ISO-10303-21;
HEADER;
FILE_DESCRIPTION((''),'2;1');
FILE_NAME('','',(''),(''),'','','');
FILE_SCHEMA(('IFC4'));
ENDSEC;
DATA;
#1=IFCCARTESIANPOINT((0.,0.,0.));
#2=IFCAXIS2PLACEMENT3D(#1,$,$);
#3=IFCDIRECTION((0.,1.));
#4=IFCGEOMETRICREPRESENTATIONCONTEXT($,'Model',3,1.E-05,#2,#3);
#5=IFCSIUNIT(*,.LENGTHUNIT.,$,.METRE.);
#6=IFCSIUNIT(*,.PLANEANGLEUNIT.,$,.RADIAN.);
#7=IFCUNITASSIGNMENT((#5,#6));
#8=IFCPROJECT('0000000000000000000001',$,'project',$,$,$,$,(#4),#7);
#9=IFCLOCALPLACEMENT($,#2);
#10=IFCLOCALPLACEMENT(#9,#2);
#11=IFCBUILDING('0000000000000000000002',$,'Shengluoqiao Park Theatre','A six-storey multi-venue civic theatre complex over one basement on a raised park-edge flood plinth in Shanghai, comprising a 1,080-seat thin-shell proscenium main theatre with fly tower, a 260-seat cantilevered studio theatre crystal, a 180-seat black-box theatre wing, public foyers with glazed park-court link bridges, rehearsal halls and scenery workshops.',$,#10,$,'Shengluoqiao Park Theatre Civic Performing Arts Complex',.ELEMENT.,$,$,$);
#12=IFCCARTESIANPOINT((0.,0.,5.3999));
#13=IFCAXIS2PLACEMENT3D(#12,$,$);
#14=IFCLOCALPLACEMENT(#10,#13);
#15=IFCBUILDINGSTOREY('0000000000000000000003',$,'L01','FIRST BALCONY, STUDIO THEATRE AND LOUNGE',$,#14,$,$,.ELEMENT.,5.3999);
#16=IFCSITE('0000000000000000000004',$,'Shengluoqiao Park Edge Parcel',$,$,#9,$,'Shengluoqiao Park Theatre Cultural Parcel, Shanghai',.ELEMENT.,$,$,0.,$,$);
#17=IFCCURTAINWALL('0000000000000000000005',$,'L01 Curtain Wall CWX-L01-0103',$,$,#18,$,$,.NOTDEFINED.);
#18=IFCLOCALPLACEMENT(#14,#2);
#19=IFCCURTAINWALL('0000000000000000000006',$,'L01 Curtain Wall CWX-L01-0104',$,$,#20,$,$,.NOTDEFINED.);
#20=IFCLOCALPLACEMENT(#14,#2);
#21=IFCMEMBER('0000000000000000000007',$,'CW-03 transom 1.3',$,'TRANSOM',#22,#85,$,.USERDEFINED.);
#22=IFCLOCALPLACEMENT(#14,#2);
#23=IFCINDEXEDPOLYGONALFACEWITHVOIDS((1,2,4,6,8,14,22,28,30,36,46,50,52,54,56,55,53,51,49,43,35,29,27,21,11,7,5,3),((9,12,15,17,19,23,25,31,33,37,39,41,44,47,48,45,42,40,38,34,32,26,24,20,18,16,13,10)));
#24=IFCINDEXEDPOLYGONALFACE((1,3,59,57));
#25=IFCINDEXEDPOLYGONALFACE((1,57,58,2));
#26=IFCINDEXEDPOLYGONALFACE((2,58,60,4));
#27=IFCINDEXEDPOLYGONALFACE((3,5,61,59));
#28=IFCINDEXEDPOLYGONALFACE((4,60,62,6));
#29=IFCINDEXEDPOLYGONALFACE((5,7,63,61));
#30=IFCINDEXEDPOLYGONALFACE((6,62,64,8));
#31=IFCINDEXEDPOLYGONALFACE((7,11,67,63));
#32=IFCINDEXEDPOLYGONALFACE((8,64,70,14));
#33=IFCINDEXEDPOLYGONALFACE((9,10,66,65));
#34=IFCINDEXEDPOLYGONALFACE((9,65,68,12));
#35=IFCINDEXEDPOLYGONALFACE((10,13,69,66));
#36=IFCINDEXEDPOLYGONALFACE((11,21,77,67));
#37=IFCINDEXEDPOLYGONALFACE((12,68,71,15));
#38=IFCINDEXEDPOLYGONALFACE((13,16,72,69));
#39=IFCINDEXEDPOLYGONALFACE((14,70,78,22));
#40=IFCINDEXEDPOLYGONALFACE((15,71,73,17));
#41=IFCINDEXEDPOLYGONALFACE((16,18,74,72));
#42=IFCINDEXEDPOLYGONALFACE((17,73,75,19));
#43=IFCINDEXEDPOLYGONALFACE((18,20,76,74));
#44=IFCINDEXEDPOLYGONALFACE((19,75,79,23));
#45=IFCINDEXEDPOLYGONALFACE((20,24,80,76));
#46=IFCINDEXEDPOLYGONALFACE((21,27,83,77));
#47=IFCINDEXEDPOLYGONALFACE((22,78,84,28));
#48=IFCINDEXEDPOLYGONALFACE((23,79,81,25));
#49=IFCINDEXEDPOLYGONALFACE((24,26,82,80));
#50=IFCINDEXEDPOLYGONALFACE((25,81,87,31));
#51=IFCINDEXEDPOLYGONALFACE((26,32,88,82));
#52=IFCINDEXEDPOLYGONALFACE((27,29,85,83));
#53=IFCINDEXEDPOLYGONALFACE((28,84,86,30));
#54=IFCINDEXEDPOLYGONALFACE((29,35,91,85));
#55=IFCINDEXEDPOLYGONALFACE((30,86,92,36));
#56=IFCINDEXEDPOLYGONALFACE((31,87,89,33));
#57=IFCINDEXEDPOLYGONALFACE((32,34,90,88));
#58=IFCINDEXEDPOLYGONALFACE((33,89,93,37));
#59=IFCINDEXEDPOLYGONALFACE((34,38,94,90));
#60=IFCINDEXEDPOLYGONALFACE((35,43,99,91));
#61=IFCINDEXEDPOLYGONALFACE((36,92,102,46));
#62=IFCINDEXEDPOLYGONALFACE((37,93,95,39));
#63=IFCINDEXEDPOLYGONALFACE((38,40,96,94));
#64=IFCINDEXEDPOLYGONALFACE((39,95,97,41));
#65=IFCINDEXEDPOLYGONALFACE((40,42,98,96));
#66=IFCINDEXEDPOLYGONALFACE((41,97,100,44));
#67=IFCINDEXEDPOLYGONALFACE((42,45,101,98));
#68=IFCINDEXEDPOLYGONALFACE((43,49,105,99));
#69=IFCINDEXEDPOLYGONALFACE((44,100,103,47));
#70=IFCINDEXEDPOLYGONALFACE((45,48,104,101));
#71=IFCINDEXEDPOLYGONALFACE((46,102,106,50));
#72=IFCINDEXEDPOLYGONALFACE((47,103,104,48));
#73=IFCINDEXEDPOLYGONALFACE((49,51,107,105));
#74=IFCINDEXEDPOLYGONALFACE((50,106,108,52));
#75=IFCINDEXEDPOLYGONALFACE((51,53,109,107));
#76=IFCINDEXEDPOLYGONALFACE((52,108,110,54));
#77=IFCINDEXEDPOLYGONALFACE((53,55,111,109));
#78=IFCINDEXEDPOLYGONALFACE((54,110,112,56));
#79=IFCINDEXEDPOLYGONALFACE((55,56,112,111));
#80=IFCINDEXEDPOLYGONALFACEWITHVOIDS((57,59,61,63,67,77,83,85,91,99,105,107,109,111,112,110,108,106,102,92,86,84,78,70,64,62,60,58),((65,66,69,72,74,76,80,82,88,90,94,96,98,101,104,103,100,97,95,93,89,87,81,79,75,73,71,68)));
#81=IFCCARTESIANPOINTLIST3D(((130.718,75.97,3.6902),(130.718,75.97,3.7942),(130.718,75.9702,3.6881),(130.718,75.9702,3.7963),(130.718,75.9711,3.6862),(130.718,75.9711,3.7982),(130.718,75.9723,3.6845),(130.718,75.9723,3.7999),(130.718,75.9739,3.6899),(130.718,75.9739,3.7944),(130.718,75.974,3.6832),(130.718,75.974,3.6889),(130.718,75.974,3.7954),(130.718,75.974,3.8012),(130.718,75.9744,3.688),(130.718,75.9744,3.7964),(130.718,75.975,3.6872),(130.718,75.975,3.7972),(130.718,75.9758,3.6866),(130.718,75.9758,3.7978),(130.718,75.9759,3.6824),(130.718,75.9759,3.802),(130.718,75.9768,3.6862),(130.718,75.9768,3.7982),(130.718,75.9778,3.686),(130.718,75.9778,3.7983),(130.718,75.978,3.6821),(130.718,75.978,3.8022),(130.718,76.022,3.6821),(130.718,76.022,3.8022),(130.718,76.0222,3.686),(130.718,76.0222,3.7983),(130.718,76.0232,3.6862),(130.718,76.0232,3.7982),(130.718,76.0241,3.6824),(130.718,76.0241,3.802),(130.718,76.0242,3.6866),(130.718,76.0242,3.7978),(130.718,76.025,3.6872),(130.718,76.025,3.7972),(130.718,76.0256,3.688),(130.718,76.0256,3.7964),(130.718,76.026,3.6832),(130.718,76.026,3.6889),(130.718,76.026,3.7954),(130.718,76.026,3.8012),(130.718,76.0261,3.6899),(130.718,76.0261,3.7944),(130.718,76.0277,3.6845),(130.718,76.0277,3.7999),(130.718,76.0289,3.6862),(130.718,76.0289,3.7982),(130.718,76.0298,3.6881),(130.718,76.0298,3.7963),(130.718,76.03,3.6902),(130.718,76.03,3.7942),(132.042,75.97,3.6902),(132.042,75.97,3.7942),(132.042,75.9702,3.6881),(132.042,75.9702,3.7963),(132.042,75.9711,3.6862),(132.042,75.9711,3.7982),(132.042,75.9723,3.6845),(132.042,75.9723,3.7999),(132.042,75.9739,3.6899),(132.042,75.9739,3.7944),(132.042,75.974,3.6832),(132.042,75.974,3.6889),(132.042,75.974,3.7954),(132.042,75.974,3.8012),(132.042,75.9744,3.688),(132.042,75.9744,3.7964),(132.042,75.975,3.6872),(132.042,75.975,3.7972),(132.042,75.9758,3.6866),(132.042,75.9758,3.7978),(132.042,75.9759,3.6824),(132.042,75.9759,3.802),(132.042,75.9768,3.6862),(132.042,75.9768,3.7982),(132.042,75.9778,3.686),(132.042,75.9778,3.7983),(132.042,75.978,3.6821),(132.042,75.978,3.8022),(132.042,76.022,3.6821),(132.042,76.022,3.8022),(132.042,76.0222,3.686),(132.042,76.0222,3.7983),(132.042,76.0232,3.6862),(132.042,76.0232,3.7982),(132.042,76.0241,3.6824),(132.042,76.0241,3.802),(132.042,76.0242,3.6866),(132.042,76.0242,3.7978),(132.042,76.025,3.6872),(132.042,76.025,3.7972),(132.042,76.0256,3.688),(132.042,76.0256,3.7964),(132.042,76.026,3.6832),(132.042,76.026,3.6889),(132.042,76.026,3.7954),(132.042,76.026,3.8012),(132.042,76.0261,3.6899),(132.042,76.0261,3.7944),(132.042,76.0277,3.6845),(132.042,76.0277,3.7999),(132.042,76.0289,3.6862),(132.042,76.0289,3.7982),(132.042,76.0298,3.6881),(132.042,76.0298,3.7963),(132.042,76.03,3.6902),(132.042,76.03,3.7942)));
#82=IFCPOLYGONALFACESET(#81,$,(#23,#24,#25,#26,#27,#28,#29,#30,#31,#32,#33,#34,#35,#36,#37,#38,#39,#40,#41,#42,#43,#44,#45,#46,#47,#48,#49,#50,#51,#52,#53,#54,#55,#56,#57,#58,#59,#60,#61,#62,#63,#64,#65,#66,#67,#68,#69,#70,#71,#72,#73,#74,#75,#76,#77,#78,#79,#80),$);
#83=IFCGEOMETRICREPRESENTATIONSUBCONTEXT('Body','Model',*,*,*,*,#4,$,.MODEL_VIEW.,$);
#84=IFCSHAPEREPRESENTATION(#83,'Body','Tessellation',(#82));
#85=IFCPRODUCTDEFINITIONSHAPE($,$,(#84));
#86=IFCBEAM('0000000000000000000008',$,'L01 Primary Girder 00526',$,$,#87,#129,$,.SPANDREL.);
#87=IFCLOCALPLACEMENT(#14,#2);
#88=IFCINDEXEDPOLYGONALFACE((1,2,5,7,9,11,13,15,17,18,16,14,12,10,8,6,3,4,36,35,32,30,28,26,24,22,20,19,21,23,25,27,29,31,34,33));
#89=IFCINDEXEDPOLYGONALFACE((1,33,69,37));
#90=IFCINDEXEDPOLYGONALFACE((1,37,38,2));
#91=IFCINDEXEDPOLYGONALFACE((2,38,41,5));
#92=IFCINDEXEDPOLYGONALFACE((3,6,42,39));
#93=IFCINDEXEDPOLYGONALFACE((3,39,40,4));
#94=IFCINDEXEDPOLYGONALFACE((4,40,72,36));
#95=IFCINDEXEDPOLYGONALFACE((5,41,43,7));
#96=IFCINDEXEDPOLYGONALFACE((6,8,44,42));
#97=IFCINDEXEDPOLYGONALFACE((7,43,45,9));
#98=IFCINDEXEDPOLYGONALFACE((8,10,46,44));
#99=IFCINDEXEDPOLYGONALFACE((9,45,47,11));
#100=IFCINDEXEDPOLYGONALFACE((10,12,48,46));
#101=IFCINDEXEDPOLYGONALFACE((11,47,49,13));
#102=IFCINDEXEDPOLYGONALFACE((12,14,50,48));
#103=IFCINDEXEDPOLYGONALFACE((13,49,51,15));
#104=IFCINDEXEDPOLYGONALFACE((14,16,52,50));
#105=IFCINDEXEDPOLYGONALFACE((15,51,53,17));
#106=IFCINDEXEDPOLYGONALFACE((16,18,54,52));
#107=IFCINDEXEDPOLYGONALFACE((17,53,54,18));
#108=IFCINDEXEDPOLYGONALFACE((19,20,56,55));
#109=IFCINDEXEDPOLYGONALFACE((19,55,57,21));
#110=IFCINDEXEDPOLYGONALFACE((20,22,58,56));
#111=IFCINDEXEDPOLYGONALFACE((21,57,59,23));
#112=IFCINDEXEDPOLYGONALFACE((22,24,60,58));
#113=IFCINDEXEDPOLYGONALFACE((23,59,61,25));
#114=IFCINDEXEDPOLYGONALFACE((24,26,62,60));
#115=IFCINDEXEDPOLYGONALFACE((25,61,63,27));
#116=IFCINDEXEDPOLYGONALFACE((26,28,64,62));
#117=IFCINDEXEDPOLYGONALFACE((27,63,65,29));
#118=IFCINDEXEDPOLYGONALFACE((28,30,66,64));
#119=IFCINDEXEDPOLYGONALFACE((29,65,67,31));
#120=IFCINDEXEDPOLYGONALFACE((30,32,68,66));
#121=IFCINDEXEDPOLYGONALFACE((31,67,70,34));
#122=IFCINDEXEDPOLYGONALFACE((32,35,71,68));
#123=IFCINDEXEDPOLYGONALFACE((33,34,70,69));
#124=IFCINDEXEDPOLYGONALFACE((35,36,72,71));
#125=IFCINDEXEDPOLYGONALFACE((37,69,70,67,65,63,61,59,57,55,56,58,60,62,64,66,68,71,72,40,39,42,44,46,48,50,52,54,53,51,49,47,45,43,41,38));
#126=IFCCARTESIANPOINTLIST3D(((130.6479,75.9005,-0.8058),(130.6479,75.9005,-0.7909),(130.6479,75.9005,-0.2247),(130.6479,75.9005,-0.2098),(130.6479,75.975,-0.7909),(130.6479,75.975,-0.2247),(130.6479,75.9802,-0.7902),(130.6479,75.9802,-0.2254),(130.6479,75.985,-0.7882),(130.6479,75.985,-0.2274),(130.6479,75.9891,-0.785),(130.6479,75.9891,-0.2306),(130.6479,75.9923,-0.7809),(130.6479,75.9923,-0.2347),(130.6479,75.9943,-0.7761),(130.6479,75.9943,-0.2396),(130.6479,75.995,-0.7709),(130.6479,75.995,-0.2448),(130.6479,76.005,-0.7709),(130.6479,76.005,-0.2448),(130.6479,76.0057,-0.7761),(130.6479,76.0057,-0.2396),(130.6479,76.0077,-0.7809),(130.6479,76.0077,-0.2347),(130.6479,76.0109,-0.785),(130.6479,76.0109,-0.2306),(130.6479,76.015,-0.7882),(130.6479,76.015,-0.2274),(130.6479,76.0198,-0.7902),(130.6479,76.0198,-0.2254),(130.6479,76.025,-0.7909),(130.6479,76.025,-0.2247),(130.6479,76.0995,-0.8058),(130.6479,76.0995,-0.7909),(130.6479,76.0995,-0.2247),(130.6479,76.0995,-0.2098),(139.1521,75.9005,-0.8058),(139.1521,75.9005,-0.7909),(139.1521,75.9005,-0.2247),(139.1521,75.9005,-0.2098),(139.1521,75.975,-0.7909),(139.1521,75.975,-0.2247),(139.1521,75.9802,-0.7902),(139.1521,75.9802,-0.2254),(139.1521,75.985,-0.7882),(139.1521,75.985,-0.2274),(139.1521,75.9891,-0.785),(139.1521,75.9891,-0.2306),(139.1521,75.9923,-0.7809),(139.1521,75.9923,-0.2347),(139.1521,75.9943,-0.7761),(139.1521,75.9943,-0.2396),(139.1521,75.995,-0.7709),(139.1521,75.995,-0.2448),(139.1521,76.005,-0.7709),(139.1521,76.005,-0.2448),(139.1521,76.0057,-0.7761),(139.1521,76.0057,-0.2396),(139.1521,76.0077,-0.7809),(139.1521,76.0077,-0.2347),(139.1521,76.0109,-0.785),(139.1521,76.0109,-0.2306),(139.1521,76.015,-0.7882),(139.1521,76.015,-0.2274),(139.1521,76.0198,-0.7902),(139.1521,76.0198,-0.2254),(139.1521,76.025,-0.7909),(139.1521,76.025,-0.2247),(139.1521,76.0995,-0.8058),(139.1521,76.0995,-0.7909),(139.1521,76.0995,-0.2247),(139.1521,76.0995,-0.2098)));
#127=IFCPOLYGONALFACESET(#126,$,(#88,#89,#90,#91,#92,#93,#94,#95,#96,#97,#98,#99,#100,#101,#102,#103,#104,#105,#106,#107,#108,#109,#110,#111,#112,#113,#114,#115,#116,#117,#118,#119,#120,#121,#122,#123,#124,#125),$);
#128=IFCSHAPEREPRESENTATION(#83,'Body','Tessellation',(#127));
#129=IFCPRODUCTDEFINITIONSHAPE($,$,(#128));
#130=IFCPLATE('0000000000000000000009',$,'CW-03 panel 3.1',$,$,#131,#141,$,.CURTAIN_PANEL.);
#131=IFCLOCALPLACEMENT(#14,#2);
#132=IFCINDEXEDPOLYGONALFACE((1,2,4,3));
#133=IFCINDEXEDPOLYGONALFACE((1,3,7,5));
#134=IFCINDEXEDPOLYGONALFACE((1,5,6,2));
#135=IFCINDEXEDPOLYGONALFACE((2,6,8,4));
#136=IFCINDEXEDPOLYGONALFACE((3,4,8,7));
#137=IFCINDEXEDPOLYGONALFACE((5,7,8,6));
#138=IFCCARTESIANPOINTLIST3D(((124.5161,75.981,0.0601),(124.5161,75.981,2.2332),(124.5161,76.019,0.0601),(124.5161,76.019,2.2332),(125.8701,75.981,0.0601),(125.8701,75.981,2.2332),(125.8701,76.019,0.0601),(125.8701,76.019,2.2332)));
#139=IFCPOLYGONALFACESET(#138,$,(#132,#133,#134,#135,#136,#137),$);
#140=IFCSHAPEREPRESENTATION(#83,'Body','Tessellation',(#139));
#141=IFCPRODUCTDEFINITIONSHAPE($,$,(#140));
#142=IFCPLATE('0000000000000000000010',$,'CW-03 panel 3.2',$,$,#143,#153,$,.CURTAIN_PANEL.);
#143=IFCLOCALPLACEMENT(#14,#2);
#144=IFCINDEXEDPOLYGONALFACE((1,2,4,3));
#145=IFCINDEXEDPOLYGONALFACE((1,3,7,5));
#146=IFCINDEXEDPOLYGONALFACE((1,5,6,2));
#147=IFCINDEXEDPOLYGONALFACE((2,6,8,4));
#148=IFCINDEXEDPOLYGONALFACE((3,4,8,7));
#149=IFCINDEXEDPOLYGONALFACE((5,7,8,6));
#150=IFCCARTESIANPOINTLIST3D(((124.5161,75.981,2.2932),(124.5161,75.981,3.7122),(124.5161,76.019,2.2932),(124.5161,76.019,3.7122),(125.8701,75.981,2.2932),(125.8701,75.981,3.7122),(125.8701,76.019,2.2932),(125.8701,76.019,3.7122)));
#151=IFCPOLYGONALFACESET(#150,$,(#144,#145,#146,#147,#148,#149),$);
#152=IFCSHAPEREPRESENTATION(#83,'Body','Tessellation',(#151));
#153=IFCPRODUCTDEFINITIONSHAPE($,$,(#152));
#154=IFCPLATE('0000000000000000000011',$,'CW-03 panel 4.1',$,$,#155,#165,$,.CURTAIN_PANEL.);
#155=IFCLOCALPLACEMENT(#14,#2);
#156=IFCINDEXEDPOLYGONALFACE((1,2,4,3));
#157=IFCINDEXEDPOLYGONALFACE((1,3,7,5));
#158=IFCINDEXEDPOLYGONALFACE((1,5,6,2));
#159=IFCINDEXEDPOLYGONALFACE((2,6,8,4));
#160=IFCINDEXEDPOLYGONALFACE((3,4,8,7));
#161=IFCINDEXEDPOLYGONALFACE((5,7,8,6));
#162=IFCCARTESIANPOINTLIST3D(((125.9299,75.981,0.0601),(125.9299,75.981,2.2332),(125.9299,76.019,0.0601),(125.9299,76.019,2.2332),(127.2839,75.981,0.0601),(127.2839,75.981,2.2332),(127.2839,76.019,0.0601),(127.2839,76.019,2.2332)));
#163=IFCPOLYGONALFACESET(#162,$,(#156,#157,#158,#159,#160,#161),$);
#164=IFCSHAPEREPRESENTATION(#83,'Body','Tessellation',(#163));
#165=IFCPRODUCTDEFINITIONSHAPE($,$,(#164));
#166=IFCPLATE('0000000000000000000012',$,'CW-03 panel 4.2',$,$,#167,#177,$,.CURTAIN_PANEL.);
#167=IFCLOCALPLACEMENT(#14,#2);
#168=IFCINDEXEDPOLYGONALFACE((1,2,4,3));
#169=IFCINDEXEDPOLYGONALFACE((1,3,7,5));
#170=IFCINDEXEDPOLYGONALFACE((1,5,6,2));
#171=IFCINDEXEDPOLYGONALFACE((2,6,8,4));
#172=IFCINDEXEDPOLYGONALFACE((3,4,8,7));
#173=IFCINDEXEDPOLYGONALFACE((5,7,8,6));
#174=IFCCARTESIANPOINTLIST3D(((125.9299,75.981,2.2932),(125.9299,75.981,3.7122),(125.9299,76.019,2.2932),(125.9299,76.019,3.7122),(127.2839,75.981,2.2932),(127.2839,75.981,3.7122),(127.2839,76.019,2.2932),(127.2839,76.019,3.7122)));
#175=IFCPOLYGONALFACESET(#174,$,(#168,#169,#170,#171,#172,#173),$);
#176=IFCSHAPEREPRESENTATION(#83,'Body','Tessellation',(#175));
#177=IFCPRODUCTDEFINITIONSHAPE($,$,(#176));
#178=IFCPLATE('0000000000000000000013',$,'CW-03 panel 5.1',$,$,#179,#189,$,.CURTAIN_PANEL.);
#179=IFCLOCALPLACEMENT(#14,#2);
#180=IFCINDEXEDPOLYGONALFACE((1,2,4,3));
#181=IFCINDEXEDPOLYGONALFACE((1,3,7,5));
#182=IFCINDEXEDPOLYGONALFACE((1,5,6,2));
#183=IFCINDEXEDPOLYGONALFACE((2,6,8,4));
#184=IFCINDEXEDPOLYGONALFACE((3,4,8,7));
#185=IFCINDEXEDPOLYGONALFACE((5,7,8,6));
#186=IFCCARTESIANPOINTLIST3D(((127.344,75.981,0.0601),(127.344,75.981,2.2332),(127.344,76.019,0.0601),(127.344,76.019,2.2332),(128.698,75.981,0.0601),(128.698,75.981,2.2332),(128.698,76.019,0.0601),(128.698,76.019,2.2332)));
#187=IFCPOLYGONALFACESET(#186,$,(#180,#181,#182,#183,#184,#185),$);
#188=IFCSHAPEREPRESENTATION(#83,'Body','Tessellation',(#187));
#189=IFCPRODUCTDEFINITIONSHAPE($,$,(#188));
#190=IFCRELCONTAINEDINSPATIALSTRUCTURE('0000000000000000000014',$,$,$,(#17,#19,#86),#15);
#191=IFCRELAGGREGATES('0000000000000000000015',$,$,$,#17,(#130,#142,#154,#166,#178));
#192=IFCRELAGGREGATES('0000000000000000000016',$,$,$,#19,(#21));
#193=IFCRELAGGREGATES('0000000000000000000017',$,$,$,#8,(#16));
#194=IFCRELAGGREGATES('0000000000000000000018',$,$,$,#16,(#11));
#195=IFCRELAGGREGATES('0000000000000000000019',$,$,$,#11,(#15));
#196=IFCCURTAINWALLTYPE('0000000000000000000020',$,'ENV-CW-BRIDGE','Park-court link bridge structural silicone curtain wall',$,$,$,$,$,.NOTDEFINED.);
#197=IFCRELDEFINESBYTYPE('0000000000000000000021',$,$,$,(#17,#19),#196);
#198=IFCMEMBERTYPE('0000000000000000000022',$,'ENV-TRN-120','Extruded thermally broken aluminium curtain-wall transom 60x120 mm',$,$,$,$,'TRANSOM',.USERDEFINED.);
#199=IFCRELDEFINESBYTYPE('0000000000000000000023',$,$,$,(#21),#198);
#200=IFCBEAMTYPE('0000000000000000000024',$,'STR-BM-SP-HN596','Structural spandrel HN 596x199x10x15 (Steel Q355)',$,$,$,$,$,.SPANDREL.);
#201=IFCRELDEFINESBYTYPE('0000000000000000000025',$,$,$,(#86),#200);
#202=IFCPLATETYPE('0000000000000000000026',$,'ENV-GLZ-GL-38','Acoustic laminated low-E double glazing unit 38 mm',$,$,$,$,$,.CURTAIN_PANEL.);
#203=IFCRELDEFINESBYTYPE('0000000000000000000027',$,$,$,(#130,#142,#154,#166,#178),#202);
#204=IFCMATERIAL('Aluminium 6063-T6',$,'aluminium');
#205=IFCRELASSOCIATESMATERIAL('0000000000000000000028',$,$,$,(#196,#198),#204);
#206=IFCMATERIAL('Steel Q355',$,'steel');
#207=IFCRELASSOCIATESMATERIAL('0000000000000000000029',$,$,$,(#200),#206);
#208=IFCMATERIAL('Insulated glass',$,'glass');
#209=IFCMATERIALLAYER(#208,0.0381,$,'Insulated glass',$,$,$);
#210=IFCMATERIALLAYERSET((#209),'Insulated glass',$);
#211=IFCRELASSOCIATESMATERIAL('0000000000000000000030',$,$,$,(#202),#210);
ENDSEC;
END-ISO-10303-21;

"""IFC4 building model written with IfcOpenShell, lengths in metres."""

from ifc_helpers import new_model, si_unit, direction, frame, origin, origin_2d, place, context, subcontext, project, spatial, rectangle, hollow_rectangle, i_section, extrude, material, layer, layer_set, material_profile, profile_set, type_object, element, aggregate, save


model = new_model("IFC4")

# Units and contexts
model_context = context("Model", 3, precision=1e-05, world=origin(), true_north=direction((0.0, 1.0)))
body_context = subcontext(model_context, "Body", "Model", "MODEL_VIEW")
ifc_project = project(units=[si_unit("LENGTHUNIT", "METRE"), si_unit("PLANEANGLEUNIT", "RADIAN")], contexts=[model_context])

# Site, building, storey
site_placement = place(None, origin())
site = spatial("IfcSite", under=ifc_project, at=site_placement, Name="Shengluoqiao Park Edge Parcel", LongName="Shengluoqiao Park Theatre Cultural Parcel, Shanghai", CompositionType="ELEMENT", RefElevation=0.0)
building_placement = place(site_placement, origin())
building = spatial("IfcBuilding", under=site, at=building_placement, Name="Shengluoqiao Park Theatre", Description="A six-storey multi-venue civic theatre complex over one basement on a raised park-edge flood plinth in Shanghai, comprising a 1,080-seat thin-shell proscenium main theatre with fly tower, a 260-seat cantilevered studio theatre crystal, a 180-seat black-box theatre wing, public foyers with glazed park-court link bridges, rehearsal halls and scenery workshops.", LongName="Shengluoqiao Park Theatre Civic Performing Arts Complex", CompositionType="ELEMENT")
storey_placement = place(building_placement, frame((0.0, 0.0, 5.3999)))
storey = spatial("IfcBuildingStorey", under=building, at=storey_placement, Name="L01", Description="FIRST BALCONY, STUDIO THEATRE AND LOUNGE", CompositionType="ELEMENT", Elevation=5.3999)

# Curtain wall
ifc_material_1 = material(Name="Aluminium 6063-T6", Category="aluminium")
curtain_wall_type = type_object("IfcCurtainWallType", Name="ENV-CW-BRIDGE", Description="Park-court link bridge structural silicone curtain wall", PredefinedType="NOTDEFINED", material=ifc_material_1)
curtain_wall_1_placement = place(storey_placement, origin())
curtain_wall_1 = element("IfcCurtainWall", 1, at=curtain_wall_1_placement, inside=storey, type_object=curtain_wall_type, Name="L01 Curtain Wall CWX-L01-0103", PredefinedType="NOTDEFINED")

# Curtain wall
curtain_wall_2_placement = place(storey_placement, origin())
curtain_wall_2 = element("IfcCurtainWall", 2, at=curtain_wall_2_placement, inside=storey, type_object=curtain_wall_type, Name="L01 Curtain Wall CWX-L01-0104", PredefinedType="NOTDEFINED")

# Member
ifc_material_profile_1 = material_profile(ifc_material_1, hollow_rectangle(XDim=0.0601, YDim=0.1201, WallThickness=0.0039, InnerFilletRadius=0.0039, OuterFilletRadius=0.0081, at=origin_2d()), Name="ALU TRANSOM 120x60x4")
ifc_profile_set_1 = profile_set([ifc_material_profile_1], Name="Aluminium 6063-T6")
member_type_1 = type_object("IfcMemberType", Name="ENV-TRN-120", Description="Extruded thermally broken aluminium curtain-wall transom 60x120 mm", ElementType="TRANSOM", PredefinedType="USERDEFINED", material=ifc_profile_set_1)
member_1_placement = place(storey_placement, frame((130.718, 76.0, 3.7422), z_axis=(1.0, 0.0, 0.0), x_axis=(0.0, 1.0, 0.0)))
member_1 = element("IfcMember", 3, at=member_1_placement, type_object=member_type_1, Name="CW-03 transom 1.3", ObjectType="TRANSOM", PredefinedType="USERDEFINED", context=body_context, shape_type="SweptSolid", body=[
    extrude(hollow_rectangle(XDim=0.0601, YDim=0.1201, WallThickness=0.0039, InnerFilletRadius=0.0039, OuterFilletRadius=0.0081, at=origin_2d()), origin(), (0.0, 0.0, 1.0), 1.324),
])

# Beam
ifc_material_2 = material(Name="Steel Q355", Category="steel")
ifc_material_profile_2 = material_profile(ifc_material_2, i_section(OverallWidth=0.199, OverallDepth=0.5959, WebThickness=0.01, FlangeThickness=0.0149, FilletRadius=0.02, at=origin_2d()), Name="HN 596x199x10x15")
ifc_profile_set_2 = profile_set([ifc_material_profile_2], Name="Steel Q355")
beam_type = type_object("IfcBeamType", Name="STR-BM-SP-HN596", Description="Structural spandrel HN 596x199x10x15 (Steel Q355)", PredefinedType="SPANDREL", material=ifc_profile_set_2)
beam_placement = place(storey_placement, frame((130.6479, 76.0, -0.5078), z_axis=(1.0, 0.0, 0.0), x_axis=(0.0, 1.0, 0.0)))
element("IfcBeam", 4, at=beam_placement, inside=storey, type_object=beam_type, Name="L01 Primary Girder 00526", PredefinedType="SPANDREL", context=body_context, shape_type="SweptSolid", body=[
    extrude(i_section(OverallWidth=0.199, OverallDepth=0.5959, WebThickness=0.01, FlangeThickness=0.0149, FilletRadius=0.02, at=origin_2d()), origin(), (0.0, 0.0, 1.0), 8.5042),
])

# Plates
ifc_material_3 = material(Name="Insulated glass", Category="glass")
ifc_layer = layer(ifc_material_3, 0.0381, Name="Insulated glass")
ifc_layer_set = layer_set([ifc_layer], Name="Insulated glass")
plate_type = type_object("IfcPlateType", Name="ENV-GLZ-GL-38", Description="Acoustic laminated low-E double glazing unit 38 mm", PredefinedType="CURTAIN_PANEL", material=ifc_layer_set)
plate_1_placement = place(storey_placement, frame((125.1931, 76.0, 0.0601), z_axis=(0.0, 0.0, 1.0), x_axis=(1.0, 0.0, 0.0)))
plate_1 = element("IfcPlate", 5, at=plate_1_placement, type_object=plate_type, Name="CW-03 panel 3.1", PredefinedType="CURTAIN_PANEL", context=body_context, shape_type="SweptSolid", body=[
    extrude(rectangle(XDim=1.354, YDim=0.0381, at=origin_2d()), origin(), (0.0, 0.0, 1.0), 2.1731),
])
plate_2_placement = place(storey_placement, frame((125.1931, 76.0, 2.2932), z_axis=(0.0, 0.0, 1.0), x_axis=(1.0, 0.0, 0.0)))
plate_2 = element("IfcPlate", 6, at=plate_2_placement, type_object=plate_type, Name="CW-03 panel 3.2", PredefinedType="CURTAIN_PANEL", context=body_context, shape_type="SweptSolid", body=[
    extrude(rectangle(XDim=1.354, YDim=0.0381, at=origin_2d()), origin(), (0.0, 0.0, 1.0), 1.4189),
])
plate_3_placement = place(storey_placement, frame((126.6069, 76.0, 0.0601), z_axis=(0.0, 0.0, 1.0), x_axis=(1.0, 0.0, 0.0)))
plate_3 = element("IfcPlate", 7, at=plate_3_placement, type_object=plate_type, Name="CW-03 panel 4.1", PredefinedType="CURTAIN_PANEL", context=body_context, shape_type="SweptSolid", body=[
    extrude(rectangle(XDim=1.354, YDim=0.0381, at=origin_2d()), origin(), (0.0, 0.0, 1.0), 2.1731),
])
plate_4_placement = place(storey_placement, frame((126.6069, 76.0, 2.2932), z_axis=(0.0, 0.0, 1.0), x_axis=(1.0, 0.0, 0.0)))
plate_4 = element("IfcPlate", 8, at=plate_4_placement, type_object=plate_type, Name="CW-03 panel 4.2", PredefinedType="CURTAIN_PANEL", context=body_context, shape_type="SweptSolid", body=[
    extrude(rectangle(XDim=1.354, YDim=0.0381, at=origin_2d()), origin(), (0.0, 0.0, 1.0), 1.4189),
])
plate_5_placement = place(storey_placement, frame((128.021, 76.0, 0.0601), z_axis=(0.0, 0.0, 1.0), x_axis=(1.0, 0.0, 0.0)))
plate_5 = element("IfcPlate", 9, at=plate_5_placement, type_object=plate_type, Name="CW-03 panel 5.1", PredefinedType="CURTAIN_PANEL", context=body_context, shape_type="SweptSolid", body=[
    extrude(rectangle(XDim=1.354, YDim=0.0381, at=origin_2d()), origin(), (0.0, 0.0, 1.0), 2.1731),
])
aggregate(curtain_wall_1, [plate_1, plate_2, plate_3, plate_4, plate_5])
aggregate(curtain_wall_2, [member_1])

save(model, "model.ifc")
